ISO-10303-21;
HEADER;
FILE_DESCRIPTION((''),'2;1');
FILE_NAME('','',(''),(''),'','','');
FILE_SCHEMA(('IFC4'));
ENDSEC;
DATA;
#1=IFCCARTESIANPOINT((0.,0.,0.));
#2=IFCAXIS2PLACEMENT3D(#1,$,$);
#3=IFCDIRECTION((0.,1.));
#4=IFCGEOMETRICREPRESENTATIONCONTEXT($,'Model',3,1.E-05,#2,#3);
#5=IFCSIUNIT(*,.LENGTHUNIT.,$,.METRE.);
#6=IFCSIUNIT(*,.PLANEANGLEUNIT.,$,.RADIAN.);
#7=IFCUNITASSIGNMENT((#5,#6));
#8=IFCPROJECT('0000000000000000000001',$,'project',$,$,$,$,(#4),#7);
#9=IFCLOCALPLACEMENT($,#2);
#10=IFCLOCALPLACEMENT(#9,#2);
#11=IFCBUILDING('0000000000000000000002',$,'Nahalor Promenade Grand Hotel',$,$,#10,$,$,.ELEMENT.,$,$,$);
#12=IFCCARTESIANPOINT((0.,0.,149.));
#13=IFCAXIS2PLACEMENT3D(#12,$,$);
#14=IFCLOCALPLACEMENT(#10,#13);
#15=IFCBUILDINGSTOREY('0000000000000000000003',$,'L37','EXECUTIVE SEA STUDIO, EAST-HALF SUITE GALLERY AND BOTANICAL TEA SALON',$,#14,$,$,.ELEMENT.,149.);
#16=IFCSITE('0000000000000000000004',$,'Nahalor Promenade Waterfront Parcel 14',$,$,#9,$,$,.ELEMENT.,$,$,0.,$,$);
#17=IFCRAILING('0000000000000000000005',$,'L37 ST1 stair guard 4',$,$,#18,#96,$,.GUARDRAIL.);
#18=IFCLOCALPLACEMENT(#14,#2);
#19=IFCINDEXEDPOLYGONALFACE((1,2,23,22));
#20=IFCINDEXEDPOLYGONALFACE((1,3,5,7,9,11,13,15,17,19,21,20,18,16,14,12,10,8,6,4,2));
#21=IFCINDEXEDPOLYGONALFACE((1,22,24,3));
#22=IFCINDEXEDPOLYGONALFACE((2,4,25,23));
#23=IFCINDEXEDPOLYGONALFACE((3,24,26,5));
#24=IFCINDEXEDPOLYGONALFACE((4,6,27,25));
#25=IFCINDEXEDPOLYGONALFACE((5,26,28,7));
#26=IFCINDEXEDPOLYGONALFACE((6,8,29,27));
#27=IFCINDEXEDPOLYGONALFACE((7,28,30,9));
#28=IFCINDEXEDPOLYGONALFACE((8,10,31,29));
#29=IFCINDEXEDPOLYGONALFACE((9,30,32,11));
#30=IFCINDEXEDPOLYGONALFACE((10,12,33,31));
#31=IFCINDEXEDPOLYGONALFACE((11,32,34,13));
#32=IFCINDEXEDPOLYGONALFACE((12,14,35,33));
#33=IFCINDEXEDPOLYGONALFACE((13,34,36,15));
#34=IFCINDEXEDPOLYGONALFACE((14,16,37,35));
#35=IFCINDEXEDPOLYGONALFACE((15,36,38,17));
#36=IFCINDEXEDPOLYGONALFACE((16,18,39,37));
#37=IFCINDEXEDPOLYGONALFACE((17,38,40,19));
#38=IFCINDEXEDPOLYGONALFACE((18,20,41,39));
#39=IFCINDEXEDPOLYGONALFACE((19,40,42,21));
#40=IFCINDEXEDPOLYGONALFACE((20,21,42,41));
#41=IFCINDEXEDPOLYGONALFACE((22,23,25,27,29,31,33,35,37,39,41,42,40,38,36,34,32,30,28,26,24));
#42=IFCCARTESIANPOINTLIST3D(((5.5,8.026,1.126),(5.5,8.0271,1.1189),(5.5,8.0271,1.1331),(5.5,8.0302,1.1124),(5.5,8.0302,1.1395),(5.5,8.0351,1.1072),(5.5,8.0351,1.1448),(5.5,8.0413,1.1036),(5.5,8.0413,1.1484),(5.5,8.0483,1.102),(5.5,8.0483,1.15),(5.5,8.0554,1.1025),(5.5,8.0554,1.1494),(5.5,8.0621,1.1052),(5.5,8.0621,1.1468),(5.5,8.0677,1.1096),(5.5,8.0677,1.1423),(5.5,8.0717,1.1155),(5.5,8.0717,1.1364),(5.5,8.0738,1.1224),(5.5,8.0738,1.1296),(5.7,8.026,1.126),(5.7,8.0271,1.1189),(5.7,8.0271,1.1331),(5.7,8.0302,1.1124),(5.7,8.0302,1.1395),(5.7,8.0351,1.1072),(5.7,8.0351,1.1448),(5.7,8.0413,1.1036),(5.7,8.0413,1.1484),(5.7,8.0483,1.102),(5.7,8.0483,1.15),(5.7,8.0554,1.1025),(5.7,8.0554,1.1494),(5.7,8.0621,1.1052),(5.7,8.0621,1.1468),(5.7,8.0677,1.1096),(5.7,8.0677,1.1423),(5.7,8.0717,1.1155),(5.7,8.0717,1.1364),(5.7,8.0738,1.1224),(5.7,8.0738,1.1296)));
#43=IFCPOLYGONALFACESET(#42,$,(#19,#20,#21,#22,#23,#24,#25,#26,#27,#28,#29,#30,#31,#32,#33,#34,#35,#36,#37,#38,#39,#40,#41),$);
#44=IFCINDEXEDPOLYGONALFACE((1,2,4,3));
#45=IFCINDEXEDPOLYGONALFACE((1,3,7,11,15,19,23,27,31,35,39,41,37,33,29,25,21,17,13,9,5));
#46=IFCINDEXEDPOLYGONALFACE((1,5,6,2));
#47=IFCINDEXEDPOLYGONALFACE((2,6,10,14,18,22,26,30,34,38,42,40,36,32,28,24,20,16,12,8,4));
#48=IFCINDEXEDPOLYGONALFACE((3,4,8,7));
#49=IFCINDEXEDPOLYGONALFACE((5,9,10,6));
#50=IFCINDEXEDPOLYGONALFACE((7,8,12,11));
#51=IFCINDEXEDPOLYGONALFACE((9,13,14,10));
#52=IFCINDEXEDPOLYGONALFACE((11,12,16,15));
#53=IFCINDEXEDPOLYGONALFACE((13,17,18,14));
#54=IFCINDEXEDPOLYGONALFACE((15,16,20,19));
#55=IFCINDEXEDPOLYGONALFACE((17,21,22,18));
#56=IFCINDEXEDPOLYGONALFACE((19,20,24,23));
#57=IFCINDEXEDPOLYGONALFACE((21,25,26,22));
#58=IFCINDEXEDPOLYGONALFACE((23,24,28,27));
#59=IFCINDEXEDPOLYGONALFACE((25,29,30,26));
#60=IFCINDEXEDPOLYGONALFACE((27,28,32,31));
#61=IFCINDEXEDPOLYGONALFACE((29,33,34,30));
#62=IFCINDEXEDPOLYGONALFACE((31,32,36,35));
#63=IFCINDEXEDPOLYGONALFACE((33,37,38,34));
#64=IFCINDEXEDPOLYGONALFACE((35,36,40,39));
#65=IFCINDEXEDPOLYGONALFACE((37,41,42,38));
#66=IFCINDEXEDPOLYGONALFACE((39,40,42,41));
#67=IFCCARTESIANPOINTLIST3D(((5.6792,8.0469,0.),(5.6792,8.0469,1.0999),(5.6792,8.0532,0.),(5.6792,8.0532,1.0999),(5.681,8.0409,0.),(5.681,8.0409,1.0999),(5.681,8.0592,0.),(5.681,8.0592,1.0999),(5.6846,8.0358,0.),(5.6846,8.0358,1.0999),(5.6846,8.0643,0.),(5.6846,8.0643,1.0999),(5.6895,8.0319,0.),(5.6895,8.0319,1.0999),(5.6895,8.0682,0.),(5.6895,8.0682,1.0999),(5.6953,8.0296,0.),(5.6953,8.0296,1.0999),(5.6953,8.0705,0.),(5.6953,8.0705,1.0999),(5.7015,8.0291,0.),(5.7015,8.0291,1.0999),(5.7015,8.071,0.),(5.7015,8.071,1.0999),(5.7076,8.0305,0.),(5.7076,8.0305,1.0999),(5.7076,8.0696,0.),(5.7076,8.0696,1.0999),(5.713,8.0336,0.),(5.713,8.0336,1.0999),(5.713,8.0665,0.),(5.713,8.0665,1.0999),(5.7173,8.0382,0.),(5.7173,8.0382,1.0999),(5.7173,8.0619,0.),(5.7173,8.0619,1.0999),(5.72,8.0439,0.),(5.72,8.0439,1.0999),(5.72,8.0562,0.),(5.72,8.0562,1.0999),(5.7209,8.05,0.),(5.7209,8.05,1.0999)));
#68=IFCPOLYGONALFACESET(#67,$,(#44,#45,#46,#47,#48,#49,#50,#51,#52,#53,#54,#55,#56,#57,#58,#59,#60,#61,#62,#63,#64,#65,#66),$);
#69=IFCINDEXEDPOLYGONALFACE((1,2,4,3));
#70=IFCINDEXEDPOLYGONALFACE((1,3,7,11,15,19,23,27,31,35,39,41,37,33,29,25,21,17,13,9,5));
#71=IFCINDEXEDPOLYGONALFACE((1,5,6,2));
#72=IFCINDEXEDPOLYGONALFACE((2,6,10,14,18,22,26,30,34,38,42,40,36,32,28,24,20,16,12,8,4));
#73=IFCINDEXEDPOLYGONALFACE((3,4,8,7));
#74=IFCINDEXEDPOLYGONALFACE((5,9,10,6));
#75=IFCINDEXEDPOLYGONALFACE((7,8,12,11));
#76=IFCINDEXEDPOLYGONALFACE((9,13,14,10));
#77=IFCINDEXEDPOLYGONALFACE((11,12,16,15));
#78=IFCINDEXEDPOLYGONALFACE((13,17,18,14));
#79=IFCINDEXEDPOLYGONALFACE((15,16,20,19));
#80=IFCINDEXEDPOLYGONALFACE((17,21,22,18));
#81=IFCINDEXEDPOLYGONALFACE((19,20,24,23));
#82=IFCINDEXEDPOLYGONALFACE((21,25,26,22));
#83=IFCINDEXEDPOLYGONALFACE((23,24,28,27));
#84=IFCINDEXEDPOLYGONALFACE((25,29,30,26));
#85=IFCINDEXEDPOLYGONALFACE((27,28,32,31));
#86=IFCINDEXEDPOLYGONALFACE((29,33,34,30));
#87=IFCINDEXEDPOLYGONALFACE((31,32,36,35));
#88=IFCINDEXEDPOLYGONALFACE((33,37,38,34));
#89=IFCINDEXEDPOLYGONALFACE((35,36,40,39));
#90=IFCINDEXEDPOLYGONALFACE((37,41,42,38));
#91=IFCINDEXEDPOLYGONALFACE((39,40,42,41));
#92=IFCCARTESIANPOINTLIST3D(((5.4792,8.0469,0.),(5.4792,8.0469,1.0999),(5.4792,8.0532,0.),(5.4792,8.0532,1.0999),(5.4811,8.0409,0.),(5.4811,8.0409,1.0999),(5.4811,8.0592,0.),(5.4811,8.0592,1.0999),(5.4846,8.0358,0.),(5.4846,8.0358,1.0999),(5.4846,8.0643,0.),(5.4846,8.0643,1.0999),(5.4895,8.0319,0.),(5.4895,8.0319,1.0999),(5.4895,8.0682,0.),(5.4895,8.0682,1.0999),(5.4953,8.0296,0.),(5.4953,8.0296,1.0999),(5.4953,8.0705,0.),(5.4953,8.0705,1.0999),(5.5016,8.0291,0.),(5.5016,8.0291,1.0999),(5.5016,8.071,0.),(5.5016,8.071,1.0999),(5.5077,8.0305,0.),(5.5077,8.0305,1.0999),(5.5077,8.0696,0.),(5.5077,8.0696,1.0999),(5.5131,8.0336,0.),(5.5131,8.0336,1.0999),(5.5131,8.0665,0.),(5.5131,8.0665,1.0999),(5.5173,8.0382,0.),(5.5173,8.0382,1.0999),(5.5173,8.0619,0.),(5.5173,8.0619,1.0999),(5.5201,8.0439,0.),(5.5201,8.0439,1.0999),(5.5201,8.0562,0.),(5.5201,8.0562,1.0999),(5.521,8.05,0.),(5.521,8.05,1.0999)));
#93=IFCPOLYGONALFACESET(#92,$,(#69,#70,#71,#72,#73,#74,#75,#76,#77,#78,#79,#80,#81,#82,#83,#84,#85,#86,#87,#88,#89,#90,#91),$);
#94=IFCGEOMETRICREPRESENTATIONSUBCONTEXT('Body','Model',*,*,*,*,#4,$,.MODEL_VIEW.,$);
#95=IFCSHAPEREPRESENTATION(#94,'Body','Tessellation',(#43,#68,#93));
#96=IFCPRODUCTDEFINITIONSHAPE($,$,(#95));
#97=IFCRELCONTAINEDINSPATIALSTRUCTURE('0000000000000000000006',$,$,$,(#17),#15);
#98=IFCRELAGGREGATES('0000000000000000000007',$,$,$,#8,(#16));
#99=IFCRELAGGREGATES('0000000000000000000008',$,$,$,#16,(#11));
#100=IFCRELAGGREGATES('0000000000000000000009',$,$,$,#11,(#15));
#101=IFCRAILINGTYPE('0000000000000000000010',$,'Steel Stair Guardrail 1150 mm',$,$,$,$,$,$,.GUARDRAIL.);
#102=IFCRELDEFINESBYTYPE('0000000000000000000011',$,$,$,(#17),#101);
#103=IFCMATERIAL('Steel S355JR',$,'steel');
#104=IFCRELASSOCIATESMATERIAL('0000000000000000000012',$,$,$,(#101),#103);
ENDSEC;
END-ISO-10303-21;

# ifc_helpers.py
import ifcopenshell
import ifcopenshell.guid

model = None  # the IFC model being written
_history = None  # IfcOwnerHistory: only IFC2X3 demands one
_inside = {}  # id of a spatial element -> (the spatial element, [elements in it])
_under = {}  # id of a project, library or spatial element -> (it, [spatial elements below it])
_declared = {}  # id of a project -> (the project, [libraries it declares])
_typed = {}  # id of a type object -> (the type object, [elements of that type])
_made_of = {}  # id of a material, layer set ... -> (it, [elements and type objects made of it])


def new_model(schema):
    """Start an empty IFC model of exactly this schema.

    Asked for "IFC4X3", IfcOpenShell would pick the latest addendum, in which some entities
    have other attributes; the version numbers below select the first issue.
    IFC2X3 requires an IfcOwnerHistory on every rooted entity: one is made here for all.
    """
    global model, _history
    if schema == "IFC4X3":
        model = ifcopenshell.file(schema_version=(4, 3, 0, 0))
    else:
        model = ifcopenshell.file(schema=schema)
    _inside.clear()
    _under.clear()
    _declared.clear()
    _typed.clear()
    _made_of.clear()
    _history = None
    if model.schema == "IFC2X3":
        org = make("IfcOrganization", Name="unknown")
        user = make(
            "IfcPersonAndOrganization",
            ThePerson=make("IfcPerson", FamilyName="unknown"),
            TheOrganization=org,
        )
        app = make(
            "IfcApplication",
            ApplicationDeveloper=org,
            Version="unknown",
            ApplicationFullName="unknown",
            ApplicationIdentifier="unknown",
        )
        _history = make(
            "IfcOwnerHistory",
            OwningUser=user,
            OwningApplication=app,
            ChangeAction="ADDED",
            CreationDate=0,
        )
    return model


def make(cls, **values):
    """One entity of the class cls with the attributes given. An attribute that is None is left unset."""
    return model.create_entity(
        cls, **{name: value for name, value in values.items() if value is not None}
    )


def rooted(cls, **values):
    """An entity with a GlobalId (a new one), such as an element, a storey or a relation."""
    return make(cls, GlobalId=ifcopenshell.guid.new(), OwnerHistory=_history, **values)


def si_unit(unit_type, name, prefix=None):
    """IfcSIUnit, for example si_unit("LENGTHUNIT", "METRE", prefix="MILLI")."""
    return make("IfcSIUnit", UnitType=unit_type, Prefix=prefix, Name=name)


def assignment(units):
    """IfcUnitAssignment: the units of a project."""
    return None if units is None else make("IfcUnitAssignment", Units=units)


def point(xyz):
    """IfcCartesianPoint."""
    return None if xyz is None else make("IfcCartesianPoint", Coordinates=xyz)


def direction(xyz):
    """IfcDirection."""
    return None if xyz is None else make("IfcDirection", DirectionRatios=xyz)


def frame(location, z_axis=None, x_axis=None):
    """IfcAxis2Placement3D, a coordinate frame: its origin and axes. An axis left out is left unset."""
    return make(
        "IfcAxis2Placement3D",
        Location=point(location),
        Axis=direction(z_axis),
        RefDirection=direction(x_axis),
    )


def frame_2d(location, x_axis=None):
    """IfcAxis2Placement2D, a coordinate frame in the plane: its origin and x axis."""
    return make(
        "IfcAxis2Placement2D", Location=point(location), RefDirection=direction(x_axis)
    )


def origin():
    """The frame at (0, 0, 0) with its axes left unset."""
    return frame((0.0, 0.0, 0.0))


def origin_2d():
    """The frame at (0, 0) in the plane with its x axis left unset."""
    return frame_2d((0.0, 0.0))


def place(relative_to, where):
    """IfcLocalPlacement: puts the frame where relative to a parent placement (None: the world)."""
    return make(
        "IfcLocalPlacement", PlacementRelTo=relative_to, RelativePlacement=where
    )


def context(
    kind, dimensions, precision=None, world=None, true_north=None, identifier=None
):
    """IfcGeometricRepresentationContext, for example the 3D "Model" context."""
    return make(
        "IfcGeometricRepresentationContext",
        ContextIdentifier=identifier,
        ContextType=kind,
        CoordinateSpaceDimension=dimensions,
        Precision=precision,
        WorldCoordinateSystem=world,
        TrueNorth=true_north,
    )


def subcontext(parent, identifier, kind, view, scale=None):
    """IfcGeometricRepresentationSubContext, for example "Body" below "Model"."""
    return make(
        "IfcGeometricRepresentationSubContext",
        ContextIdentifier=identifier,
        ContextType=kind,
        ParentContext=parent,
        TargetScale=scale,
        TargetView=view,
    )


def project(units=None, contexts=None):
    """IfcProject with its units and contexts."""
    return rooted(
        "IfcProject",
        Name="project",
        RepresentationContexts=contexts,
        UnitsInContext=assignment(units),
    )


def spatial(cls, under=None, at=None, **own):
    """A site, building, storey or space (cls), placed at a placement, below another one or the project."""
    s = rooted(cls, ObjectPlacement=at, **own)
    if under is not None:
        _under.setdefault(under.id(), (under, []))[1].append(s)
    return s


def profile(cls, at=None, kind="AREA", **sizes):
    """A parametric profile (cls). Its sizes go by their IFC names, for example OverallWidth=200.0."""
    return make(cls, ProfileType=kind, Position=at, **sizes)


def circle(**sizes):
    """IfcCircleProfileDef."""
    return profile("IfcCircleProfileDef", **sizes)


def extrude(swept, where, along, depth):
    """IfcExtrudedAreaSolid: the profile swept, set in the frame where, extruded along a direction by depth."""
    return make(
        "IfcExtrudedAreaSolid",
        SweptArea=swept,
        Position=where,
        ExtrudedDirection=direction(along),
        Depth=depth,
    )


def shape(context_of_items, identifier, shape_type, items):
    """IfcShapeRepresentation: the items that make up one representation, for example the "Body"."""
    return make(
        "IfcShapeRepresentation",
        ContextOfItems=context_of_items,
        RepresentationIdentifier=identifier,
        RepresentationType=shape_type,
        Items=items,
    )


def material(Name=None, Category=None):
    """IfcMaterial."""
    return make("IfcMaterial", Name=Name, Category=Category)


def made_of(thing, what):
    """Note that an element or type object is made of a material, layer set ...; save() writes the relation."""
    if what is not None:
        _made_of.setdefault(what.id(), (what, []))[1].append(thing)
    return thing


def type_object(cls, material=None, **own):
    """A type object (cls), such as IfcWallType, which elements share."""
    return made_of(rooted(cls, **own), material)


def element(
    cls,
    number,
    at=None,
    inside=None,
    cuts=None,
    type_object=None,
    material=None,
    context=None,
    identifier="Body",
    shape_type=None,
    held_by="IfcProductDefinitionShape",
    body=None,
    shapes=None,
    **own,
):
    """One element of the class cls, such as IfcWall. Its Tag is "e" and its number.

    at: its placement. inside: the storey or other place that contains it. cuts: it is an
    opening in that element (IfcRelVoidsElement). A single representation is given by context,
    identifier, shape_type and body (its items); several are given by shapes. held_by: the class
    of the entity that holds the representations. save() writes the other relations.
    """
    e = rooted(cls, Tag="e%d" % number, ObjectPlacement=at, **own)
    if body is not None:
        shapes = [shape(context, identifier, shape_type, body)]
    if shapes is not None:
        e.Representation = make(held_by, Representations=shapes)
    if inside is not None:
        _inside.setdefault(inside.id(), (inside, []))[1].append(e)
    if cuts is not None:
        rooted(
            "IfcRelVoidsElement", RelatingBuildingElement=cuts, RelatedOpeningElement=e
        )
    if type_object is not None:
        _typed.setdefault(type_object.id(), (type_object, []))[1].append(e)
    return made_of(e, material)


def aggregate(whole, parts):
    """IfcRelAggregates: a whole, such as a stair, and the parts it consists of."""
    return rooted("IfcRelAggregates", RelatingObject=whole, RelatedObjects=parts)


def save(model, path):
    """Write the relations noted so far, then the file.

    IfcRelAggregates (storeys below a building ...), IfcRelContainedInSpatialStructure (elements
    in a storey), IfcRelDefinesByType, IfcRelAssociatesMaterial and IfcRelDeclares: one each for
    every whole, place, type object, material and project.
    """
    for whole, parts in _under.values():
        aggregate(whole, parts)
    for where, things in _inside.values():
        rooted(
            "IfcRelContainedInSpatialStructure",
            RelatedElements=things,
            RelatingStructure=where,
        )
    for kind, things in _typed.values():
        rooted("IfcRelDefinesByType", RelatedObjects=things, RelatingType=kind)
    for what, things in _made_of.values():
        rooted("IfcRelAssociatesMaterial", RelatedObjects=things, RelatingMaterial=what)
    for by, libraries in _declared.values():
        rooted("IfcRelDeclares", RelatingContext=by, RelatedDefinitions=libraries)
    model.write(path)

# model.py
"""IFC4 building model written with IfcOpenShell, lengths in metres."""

from ifc_helpers import new_model, si_unit, direction, frame, origin, origin_2d, place, context, subcontext, project, spatial, circle, extrude, material, type_object, element, save


model = new_model("IFC4")

# Units and contexts
model_context = context("Model", 3, precision=1e-05, world=origin(), true_north=direction((0.0, 1.0)))
body_context = subcontext(model_context, "Body", "Model", "MODEL_VIEW")
ifc_project = project(units=[si_unit("LENGTHUNIT", "METRE"), si_unit("PLANEANGLEUNIT", "RADIAN")], contexts=[model_context])

# Site, building, storey
site_placement = place(None, origin())
site = spatial("IfcSite", under=ifc_project, at=site_placement, Name="Nahalor Promenade Waterfront Parcel 14", CompositionType="ELEMENT", RefElevation=0.0)
building_placement = place(site_placement, origin())
building = spatial("IfcBuilding", under=site, at=building_placement, Name="Nahalor Promenade Grand Hotel", CompositionType="ELEMENT")
storey_placement = place(building_placement, frame((0.0, 0.0, 149.0)))
storey = spatial("IfcBuildingStorey", under=building, at=storey_placement, Name="L37", Description="EXECUTIVE SEA STUDIO, EAST-HALF SUITE GALLERY AND BOTANICAL TEA SALON", CompositionType="ELEMENT", Elevation=149.0)

# Shared definitions
ifc_material_1 = material(Name="Steel S355JR", Category="steel")

# Railing
railing_type_1 = type_object("IfcRailingType", Name="Steel Stair Guardrail 1150 mm", PredefinedType="GUARDRAIL", material=ifc_material_1)
railing_1_placement = place(storey_placement, frame((5.7, 8.05, 0.0)))
element("IfcRailing", 1, at=railing_1_placement, inside=storey, type_object=railing_type_1, Name="L37 ST1 stair guard 4", PredefinedType="GUARDRAIL", context=body_context, shape_type="SweptSolid", body=[
    extrude(circle(Radius=0.024, at=origin_2d()), frame((0.0, 0.0, 1.126), z_axis=(-1.0, 0.0, 0.0), x_axis=(0.0, -1.0, 0.0)), (0.0, 0.0, 1.0), 0.2),
    extrude(circle(Radius=0.021, at=origin_2d()), origin(), (0.0, 0.0, 1.0), 1.0999),
    extrude(circle(Radius=0.021, at=origin_2d()), frame((-0.2, 0.0, 0.0)), (0.0, 0.0, 1.0), 1.0999),
])

save(model, "model.ifc")
